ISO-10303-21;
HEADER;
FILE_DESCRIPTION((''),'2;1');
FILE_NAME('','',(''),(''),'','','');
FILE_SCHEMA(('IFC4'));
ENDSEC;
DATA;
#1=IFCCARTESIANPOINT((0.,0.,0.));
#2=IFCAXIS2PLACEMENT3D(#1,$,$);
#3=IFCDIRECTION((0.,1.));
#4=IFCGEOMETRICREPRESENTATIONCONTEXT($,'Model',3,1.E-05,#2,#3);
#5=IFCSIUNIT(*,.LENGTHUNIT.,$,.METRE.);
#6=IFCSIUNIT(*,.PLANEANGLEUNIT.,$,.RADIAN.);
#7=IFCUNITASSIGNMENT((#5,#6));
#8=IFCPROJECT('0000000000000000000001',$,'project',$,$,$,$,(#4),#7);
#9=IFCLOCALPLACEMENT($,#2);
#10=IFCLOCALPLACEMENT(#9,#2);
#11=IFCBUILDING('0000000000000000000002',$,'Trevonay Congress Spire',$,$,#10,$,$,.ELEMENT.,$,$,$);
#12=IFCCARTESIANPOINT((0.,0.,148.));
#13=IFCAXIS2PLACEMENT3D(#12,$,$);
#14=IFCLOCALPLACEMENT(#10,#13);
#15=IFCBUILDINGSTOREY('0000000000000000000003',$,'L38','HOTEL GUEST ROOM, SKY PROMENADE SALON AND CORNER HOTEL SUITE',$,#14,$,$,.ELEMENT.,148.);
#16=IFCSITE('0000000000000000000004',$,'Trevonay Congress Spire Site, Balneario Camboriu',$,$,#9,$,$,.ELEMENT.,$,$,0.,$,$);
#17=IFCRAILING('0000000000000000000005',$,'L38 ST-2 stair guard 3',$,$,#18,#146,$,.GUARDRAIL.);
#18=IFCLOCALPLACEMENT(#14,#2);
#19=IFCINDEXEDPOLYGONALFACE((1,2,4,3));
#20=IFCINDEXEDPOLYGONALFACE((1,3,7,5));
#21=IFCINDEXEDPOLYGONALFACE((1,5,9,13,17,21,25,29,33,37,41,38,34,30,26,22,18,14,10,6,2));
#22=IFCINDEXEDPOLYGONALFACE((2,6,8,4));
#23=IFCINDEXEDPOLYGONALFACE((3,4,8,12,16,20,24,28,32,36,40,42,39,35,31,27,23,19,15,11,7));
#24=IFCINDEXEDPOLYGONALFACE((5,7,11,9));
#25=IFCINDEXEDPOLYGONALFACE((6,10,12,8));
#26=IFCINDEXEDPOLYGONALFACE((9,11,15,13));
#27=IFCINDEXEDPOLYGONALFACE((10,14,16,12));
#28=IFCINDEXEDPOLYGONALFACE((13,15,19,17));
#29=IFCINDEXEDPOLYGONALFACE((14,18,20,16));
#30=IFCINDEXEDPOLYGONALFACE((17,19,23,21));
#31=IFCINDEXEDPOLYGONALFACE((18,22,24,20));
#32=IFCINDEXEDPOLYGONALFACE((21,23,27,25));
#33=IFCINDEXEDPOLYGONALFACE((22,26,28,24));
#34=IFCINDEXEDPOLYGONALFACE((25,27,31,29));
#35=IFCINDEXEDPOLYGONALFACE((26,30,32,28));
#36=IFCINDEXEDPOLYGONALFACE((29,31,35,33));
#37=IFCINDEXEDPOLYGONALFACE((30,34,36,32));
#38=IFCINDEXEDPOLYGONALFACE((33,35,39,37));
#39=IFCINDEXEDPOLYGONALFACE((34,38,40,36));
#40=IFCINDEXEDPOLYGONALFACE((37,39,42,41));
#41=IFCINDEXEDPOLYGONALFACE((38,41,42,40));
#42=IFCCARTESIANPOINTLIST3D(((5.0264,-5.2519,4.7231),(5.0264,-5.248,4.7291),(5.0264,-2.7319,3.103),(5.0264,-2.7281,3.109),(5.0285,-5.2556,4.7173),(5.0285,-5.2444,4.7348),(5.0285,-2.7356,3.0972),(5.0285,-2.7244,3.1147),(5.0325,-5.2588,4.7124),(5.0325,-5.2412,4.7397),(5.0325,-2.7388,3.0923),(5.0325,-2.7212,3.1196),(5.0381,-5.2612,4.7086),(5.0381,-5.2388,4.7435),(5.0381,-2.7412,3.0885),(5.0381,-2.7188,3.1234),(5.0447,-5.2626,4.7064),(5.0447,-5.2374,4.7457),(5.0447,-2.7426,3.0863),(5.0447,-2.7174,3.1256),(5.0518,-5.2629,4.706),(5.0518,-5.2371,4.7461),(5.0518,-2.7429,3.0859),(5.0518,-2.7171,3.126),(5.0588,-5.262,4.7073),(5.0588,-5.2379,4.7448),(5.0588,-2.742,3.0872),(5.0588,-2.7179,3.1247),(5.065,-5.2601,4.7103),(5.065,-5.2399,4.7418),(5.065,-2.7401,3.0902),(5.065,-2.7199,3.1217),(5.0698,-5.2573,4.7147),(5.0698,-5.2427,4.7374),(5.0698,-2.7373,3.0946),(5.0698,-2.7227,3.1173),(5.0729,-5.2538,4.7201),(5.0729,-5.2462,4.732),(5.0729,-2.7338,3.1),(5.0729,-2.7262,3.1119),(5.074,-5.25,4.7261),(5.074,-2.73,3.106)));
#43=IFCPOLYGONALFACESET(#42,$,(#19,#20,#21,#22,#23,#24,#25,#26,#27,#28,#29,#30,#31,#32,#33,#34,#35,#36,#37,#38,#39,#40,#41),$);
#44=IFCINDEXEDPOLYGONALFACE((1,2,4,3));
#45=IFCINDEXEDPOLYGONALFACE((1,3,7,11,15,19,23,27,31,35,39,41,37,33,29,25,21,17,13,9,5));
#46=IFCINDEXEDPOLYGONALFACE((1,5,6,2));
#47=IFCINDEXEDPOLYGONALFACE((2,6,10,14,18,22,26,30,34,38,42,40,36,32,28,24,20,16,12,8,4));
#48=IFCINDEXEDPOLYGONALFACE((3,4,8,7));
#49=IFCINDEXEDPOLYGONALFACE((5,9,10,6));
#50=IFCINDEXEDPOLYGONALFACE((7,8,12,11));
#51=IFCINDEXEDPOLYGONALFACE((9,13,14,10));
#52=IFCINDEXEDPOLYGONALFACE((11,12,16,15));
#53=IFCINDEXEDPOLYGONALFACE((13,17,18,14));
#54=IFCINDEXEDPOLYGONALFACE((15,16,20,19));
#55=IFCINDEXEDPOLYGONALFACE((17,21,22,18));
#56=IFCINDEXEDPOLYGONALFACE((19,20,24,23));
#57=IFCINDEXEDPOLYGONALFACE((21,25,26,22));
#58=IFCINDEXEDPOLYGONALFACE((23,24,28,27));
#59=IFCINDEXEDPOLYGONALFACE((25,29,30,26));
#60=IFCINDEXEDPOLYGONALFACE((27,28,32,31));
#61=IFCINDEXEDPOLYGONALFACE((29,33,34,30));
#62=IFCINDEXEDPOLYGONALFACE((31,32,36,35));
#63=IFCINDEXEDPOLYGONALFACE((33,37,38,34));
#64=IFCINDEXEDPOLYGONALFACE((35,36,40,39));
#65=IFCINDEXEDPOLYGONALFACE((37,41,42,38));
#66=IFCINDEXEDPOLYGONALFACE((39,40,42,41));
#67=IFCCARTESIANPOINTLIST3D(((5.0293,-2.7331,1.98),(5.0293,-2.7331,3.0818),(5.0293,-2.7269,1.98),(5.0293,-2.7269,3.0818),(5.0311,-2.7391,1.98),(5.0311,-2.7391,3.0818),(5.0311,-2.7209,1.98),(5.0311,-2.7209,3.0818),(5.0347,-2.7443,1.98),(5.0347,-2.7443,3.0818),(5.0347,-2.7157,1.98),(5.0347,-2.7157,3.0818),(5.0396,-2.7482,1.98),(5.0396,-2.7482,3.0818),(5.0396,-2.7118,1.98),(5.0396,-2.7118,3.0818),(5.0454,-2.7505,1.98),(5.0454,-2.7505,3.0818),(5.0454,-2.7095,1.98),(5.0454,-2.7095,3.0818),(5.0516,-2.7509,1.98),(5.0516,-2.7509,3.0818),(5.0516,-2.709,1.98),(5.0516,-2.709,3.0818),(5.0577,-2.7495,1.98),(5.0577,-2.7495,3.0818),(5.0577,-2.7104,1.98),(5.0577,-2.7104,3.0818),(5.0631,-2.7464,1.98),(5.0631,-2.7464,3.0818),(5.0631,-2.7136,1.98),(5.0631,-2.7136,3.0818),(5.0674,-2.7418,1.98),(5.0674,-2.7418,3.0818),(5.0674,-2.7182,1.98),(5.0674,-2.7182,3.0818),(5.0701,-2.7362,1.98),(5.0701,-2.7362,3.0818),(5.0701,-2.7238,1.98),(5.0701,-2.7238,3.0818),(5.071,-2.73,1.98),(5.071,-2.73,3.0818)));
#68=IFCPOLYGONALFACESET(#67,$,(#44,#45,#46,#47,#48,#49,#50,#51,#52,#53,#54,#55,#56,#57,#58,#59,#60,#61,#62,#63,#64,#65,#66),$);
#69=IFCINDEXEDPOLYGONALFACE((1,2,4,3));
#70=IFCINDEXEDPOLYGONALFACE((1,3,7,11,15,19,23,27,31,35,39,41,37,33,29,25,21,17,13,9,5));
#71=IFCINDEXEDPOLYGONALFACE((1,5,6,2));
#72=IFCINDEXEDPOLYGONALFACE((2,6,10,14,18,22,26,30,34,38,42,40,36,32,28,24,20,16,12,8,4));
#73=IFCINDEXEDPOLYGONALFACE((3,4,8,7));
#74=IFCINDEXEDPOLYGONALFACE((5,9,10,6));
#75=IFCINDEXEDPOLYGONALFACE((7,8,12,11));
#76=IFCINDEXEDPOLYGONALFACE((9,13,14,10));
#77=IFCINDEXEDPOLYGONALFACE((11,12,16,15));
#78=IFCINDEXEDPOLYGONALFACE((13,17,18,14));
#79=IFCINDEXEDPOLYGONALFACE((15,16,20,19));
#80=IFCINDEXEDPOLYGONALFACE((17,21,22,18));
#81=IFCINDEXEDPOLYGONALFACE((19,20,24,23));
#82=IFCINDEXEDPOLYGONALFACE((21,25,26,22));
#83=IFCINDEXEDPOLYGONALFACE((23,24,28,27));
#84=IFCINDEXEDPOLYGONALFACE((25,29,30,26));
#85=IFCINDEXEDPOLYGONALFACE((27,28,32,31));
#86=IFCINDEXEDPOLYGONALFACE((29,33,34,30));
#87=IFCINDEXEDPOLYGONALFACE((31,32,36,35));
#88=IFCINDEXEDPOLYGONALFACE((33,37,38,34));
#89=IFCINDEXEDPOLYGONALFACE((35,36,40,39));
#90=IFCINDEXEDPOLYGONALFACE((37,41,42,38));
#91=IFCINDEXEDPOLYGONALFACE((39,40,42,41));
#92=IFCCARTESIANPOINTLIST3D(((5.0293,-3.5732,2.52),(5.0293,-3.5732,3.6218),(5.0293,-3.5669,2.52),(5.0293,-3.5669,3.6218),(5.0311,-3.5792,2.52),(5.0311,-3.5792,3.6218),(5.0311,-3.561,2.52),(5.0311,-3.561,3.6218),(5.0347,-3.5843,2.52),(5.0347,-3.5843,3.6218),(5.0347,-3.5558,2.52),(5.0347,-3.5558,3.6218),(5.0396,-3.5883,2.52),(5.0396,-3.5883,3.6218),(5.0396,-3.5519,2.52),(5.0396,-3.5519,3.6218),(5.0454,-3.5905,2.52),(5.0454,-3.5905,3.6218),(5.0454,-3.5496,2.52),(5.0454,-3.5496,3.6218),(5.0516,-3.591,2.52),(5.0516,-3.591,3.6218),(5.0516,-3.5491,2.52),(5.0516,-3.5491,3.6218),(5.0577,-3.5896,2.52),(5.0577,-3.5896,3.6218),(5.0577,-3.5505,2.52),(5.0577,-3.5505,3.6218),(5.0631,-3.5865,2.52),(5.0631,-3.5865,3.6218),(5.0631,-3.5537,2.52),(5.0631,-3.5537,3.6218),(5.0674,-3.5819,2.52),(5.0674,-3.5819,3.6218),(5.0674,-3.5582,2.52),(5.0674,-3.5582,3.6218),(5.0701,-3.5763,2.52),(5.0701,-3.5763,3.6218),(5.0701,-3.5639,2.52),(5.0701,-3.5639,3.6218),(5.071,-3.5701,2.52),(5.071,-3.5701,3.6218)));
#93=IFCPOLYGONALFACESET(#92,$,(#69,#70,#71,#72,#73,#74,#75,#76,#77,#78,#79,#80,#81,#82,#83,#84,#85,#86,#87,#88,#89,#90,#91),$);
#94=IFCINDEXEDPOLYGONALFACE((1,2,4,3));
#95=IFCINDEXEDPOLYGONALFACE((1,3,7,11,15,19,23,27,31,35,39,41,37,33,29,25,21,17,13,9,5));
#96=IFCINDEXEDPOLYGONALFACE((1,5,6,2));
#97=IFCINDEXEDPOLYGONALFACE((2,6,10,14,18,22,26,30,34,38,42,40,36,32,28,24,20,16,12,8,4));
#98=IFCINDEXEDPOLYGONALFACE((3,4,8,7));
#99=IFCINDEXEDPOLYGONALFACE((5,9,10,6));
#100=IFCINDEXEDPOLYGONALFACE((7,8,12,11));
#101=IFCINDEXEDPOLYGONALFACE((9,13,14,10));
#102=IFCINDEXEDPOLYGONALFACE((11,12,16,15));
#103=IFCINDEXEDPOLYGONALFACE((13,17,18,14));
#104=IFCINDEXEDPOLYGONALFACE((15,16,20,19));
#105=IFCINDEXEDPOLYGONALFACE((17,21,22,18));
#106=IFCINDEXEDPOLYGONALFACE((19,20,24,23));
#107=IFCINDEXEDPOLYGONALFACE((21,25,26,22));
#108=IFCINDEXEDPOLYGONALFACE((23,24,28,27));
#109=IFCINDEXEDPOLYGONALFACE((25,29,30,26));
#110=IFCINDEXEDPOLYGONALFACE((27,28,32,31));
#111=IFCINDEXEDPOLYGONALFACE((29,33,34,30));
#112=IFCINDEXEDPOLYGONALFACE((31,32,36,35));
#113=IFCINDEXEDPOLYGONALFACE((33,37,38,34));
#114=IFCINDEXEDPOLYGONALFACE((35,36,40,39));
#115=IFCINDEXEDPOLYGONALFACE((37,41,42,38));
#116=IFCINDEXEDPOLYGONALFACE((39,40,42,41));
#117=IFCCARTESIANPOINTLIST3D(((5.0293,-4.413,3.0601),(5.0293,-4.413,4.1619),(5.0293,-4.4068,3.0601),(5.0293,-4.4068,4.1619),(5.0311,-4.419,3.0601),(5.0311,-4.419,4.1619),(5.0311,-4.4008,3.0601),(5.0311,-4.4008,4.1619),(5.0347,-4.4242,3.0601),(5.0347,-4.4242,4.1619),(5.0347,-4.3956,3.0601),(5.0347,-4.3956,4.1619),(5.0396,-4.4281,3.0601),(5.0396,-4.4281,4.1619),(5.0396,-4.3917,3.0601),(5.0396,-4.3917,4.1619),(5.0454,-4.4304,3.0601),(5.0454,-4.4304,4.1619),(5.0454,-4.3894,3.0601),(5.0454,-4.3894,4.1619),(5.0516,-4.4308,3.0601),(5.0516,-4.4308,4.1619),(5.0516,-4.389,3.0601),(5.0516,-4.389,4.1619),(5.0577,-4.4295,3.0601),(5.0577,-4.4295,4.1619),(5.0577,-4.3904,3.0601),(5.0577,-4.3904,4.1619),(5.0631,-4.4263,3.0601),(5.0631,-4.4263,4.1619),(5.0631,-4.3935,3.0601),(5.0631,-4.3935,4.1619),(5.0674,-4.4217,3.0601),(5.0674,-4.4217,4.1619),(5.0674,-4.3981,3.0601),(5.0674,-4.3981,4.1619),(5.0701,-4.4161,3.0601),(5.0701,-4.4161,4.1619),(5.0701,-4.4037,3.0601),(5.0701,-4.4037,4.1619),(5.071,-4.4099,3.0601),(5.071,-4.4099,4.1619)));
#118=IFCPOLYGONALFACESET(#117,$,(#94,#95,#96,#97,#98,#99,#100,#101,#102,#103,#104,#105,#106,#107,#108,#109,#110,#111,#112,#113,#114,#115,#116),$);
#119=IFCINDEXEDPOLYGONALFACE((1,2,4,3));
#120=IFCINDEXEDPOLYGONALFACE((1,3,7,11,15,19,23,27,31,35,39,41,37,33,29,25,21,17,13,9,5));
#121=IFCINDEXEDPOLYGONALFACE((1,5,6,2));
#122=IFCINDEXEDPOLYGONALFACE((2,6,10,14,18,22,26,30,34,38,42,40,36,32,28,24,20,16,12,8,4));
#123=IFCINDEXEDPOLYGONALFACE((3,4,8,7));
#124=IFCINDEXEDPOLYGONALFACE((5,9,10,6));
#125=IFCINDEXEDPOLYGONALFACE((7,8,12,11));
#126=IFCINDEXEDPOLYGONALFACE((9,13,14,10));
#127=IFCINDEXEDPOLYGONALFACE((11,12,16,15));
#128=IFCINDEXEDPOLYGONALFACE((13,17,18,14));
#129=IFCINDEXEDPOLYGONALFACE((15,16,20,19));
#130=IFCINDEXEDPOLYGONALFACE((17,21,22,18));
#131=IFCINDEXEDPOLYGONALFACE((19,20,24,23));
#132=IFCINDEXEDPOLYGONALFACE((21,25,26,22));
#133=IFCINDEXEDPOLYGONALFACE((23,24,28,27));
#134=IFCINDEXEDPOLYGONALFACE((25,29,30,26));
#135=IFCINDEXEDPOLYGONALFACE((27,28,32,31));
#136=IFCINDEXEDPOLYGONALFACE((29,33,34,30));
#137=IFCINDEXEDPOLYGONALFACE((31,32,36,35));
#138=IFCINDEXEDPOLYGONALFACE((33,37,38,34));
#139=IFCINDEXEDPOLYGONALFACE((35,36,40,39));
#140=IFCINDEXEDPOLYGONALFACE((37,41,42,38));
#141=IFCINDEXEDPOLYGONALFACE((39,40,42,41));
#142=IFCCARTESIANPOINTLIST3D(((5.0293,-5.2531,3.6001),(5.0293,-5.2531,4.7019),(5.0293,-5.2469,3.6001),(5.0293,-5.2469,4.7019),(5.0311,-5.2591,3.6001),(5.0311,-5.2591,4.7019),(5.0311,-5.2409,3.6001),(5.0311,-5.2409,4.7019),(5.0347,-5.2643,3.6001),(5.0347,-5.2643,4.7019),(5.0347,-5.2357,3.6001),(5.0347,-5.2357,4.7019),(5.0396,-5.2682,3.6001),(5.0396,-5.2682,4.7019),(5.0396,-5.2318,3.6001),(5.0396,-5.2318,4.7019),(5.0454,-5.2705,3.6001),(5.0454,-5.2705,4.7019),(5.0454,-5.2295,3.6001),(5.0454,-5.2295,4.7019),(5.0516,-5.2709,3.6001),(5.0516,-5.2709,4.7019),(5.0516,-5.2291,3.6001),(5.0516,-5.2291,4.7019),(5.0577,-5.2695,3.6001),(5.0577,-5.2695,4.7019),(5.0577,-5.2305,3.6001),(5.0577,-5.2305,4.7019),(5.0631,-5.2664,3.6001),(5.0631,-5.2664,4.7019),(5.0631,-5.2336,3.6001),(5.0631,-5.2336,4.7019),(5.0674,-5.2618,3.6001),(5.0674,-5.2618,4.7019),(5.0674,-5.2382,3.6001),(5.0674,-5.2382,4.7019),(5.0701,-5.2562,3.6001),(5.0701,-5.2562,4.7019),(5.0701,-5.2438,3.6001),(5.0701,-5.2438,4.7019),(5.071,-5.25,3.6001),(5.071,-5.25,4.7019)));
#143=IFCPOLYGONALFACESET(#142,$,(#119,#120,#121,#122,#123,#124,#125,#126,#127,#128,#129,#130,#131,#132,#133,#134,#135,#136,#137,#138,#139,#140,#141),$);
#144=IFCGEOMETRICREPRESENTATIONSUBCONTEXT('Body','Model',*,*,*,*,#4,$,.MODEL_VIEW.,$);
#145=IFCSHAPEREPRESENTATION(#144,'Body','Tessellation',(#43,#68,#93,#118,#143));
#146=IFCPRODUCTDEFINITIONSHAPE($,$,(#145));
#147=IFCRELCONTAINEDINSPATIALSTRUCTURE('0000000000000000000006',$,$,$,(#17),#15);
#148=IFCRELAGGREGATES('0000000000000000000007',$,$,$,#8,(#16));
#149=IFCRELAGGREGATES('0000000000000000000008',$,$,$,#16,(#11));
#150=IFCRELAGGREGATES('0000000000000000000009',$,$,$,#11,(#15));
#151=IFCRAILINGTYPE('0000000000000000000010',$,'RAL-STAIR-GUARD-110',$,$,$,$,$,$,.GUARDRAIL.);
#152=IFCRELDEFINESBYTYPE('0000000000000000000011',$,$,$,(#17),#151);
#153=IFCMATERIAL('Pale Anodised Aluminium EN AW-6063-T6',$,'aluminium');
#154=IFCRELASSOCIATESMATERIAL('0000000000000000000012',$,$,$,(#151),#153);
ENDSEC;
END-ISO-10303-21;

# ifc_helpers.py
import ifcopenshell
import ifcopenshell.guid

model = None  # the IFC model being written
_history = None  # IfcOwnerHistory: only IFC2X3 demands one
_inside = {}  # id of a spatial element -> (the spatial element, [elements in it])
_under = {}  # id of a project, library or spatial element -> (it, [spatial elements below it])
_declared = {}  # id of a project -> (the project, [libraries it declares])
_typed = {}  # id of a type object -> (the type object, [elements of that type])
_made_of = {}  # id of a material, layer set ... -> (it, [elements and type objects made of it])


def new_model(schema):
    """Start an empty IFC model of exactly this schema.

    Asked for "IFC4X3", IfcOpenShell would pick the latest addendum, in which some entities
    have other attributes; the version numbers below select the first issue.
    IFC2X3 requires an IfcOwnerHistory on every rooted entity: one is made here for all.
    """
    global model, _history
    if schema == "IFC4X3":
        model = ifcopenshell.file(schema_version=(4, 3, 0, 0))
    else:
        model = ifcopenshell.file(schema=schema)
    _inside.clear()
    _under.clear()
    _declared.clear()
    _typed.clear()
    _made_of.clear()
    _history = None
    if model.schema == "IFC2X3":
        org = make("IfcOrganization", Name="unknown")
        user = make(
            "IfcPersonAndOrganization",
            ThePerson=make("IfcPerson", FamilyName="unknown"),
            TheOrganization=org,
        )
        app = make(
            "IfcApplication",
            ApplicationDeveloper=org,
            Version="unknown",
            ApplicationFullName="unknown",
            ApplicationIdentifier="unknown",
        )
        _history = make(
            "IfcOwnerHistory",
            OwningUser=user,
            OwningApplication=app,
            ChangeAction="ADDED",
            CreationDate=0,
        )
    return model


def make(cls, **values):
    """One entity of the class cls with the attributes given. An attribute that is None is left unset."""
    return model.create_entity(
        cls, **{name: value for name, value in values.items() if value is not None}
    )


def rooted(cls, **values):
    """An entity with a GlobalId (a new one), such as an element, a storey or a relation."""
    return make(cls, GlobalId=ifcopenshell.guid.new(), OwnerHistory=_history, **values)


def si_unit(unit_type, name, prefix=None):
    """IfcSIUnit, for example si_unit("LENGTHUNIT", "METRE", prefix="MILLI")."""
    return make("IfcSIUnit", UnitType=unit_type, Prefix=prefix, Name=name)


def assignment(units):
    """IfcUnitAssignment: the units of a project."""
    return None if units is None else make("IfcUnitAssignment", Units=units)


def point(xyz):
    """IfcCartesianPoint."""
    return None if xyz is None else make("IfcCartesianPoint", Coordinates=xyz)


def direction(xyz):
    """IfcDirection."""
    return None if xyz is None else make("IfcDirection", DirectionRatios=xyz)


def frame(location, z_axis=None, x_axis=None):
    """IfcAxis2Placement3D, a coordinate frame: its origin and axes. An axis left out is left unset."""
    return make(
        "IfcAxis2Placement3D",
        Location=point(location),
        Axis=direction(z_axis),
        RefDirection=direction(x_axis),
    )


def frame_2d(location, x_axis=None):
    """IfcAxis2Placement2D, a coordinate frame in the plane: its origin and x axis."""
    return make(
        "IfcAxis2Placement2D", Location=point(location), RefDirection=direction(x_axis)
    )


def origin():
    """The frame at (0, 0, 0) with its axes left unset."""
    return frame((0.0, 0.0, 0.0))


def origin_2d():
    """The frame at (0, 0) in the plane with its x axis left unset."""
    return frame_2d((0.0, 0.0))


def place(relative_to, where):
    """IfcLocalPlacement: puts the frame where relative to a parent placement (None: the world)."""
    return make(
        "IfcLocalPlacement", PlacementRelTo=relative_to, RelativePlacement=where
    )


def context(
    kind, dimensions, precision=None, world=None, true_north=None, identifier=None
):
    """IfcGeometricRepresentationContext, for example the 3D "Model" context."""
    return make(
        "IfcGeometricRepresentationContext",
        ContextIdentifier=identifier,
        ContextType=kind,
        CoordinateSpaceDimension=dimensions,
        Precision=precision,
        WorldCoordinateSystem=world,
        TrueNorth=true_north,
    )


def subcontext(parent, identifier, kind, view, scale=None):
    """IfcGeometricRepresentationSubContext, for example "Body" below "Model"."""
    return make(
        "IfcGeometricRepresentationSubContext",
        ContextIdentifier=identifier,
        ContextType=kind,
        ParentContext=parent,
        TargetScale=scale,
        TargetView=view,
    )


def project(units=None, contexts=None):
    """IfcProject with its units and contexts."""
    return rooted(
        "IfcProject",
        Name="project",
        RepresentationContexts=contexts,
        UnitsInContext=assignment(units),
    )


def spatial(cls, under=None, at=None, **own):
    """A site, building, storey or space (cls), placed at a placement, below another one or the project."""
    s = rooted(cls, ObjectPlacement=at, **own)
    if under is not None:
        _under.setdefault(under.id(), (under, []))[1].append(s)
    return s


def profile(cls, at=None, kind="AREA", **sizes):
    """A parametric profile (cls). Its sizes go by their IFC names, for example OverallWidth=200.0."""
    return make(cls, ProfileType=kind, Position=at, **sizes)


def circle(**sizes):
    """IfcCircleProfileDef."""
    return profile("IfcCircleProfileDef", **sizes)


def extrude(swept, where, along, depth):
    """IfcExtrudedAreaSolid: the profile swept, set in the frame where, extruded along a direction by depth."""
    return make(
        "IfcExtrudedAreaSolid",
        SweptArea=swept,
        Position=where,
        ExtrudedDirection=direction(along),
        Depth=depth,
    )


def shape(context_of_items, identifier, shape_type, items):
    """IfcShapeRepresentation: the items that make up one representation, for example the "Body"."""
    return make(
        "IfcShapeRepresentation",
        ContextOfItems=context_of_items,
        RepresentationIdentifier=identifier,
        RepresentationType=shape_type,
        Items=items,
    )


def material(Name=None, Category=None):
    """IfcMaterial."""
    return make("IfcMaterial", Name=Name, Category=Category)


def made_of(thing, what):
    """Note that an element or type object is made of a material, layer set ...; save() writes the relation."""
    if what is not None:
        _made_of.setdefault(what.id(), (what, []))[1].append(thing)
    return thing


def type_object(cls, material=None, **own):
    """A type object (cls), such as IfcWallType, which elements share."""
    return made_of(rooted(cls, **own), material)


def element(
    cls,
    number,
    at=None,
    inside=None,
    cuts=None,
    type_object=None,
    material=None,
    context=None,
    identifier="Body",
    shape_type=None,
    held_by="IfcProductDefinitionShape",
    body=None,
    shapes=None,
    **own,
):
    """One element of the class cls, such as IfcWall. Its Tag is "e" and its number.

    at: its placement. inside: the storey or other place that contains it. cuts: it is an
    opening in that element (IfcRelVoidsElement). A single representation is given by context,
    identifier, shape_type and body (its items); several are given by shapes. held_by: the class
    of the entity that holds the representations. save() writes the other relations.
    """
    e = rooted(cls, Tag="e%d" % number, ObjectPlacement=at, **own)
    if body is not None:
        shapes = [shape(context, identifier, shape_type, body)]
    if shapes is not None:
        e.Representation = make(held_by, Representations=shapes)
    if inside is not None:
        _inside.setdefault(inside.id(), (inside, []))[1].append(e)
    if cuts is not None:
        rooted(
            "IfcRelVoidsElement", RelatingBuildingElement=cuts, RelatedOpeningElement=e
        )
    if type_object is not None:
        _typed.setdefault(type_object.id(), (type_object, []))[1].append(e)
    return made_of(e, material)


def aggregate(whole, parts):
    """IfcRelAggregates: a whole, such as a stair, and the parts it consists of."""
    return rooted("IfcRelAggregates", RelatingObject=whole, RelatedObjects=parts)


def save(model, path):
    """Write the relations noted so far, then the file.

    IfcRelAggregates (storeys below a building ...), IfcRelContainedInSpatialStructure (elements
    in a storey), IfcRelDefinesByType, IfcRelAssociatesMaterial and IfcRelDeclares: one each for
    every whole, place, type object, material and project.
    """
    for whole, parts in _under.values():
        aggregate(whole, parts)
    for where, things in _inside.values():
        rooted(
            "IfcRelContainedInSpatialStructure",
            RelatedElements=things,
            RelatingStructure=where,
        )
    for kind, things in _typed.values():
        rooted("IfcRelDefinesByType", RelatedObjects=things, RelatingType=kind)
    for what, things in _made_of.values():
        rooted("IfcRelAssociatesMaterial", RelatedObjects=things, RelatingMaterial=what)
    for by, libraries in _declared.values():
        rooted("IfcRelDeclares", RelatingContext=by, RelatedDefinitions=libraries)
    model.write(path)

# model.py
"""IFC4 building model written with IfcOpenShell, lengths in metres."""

from ifc_helpers import new_model, si_unit, direction, frame, origin, origin_2d, place, context, subcontext, project, spatial, circle, extrude, material, type_object, element, save


model = new_model("IFC4")

# Units and contexts
model_context = context("Model", 3, precision=1e-05, world=origin(), true_north=direction((0.0, 1.0)))
body_context = subcontext(model_context, "Body", "Model", "MODEL_VIEW")
ifc_project = project(units=[si_unit("LENGTHUNIT", "METRE"), si_unit("PLANEANGLEUNIT", "RADIAN")], contexts=[model_context])

# Site, building, storey
site_placement = place(None, origin())
site = spatial("IfcSite", under=ifc_project, at=site_placement, Name="Trevonay Congress Spire Site, Balneario Camboriu", CompositionType="ELEMENT", RefElevation=0.0)
building_placement = place(site_placement, origin())
building = spatial("IfcBuilding", under=site, at=building_placement, Name="Trevonay Congress Spire", CompositionType="ELEMENT")
storey_placement = place(building_placement, frame((0.0, 0.0, 148.0)))
storey = spatial("IfcBuildingStorey", under=building, at=storey_placement, Name="L38", Description="HOTEL GUEST ROOM, SKY PROMENADE SALON AND CORNER HOTEL SUITE", CompositionType="ELEMENT", Elevation=148.0)

# Railing
ifc_material_1 = material(Name="Pale Anodised Aluminium EN AW-6063-T6", Category="aluminium")
railing_type_1 = type_object("IfcRailingType", Name="RAL-STAIR-GUARD-110", PredefinedType="GUARDRAIL", material=ifc_material_1)
railing_1_placement = place(storey_placement, frame((5.05, -2.73, 1.98)))
element("IfcRailing", 1, at=railing_1_placement, inside=storey, type_object=railing_type_1, Name="L38 ST-2 stair guard 3", PredefinedType="GUARDRAIL", context=body_context, shape_type="SweptSolid", body=[
    extrude(circle(Radius=0.0239, at=origin_2d()), frame((0.0, 0.0, 1.126), z_axis=(0.0, -0.841163, 0.540782), x_axis=(1.0, 0.0, 0.0)), (0.0, 0.0, 1.0), 2.9958),
    extrude(circle(Radius=0.021, at=origin_2d()), origin(), (0.0, 0.0, 1.0), 1.1018),
    extrude(circle(Radius=0.021, at=origin_2d()), frame((0.0, -0.8401, 0.54)), (0.0, 0.0, 1.0), 1.1018),
    extrude(circle(Radius=0.021, at=origin_2d()), frame((0.0, -1.6799, 1.0801)), (0.0, 0.0, 1.0), 1.1018),
    extrude(circle(Radius=0.021, at=origin_2d()), frame((0.0, -2.52, 1.6201)), (0.0, 0.0, 1.0), 1.1018),
])

save(model, "model.ifc")
